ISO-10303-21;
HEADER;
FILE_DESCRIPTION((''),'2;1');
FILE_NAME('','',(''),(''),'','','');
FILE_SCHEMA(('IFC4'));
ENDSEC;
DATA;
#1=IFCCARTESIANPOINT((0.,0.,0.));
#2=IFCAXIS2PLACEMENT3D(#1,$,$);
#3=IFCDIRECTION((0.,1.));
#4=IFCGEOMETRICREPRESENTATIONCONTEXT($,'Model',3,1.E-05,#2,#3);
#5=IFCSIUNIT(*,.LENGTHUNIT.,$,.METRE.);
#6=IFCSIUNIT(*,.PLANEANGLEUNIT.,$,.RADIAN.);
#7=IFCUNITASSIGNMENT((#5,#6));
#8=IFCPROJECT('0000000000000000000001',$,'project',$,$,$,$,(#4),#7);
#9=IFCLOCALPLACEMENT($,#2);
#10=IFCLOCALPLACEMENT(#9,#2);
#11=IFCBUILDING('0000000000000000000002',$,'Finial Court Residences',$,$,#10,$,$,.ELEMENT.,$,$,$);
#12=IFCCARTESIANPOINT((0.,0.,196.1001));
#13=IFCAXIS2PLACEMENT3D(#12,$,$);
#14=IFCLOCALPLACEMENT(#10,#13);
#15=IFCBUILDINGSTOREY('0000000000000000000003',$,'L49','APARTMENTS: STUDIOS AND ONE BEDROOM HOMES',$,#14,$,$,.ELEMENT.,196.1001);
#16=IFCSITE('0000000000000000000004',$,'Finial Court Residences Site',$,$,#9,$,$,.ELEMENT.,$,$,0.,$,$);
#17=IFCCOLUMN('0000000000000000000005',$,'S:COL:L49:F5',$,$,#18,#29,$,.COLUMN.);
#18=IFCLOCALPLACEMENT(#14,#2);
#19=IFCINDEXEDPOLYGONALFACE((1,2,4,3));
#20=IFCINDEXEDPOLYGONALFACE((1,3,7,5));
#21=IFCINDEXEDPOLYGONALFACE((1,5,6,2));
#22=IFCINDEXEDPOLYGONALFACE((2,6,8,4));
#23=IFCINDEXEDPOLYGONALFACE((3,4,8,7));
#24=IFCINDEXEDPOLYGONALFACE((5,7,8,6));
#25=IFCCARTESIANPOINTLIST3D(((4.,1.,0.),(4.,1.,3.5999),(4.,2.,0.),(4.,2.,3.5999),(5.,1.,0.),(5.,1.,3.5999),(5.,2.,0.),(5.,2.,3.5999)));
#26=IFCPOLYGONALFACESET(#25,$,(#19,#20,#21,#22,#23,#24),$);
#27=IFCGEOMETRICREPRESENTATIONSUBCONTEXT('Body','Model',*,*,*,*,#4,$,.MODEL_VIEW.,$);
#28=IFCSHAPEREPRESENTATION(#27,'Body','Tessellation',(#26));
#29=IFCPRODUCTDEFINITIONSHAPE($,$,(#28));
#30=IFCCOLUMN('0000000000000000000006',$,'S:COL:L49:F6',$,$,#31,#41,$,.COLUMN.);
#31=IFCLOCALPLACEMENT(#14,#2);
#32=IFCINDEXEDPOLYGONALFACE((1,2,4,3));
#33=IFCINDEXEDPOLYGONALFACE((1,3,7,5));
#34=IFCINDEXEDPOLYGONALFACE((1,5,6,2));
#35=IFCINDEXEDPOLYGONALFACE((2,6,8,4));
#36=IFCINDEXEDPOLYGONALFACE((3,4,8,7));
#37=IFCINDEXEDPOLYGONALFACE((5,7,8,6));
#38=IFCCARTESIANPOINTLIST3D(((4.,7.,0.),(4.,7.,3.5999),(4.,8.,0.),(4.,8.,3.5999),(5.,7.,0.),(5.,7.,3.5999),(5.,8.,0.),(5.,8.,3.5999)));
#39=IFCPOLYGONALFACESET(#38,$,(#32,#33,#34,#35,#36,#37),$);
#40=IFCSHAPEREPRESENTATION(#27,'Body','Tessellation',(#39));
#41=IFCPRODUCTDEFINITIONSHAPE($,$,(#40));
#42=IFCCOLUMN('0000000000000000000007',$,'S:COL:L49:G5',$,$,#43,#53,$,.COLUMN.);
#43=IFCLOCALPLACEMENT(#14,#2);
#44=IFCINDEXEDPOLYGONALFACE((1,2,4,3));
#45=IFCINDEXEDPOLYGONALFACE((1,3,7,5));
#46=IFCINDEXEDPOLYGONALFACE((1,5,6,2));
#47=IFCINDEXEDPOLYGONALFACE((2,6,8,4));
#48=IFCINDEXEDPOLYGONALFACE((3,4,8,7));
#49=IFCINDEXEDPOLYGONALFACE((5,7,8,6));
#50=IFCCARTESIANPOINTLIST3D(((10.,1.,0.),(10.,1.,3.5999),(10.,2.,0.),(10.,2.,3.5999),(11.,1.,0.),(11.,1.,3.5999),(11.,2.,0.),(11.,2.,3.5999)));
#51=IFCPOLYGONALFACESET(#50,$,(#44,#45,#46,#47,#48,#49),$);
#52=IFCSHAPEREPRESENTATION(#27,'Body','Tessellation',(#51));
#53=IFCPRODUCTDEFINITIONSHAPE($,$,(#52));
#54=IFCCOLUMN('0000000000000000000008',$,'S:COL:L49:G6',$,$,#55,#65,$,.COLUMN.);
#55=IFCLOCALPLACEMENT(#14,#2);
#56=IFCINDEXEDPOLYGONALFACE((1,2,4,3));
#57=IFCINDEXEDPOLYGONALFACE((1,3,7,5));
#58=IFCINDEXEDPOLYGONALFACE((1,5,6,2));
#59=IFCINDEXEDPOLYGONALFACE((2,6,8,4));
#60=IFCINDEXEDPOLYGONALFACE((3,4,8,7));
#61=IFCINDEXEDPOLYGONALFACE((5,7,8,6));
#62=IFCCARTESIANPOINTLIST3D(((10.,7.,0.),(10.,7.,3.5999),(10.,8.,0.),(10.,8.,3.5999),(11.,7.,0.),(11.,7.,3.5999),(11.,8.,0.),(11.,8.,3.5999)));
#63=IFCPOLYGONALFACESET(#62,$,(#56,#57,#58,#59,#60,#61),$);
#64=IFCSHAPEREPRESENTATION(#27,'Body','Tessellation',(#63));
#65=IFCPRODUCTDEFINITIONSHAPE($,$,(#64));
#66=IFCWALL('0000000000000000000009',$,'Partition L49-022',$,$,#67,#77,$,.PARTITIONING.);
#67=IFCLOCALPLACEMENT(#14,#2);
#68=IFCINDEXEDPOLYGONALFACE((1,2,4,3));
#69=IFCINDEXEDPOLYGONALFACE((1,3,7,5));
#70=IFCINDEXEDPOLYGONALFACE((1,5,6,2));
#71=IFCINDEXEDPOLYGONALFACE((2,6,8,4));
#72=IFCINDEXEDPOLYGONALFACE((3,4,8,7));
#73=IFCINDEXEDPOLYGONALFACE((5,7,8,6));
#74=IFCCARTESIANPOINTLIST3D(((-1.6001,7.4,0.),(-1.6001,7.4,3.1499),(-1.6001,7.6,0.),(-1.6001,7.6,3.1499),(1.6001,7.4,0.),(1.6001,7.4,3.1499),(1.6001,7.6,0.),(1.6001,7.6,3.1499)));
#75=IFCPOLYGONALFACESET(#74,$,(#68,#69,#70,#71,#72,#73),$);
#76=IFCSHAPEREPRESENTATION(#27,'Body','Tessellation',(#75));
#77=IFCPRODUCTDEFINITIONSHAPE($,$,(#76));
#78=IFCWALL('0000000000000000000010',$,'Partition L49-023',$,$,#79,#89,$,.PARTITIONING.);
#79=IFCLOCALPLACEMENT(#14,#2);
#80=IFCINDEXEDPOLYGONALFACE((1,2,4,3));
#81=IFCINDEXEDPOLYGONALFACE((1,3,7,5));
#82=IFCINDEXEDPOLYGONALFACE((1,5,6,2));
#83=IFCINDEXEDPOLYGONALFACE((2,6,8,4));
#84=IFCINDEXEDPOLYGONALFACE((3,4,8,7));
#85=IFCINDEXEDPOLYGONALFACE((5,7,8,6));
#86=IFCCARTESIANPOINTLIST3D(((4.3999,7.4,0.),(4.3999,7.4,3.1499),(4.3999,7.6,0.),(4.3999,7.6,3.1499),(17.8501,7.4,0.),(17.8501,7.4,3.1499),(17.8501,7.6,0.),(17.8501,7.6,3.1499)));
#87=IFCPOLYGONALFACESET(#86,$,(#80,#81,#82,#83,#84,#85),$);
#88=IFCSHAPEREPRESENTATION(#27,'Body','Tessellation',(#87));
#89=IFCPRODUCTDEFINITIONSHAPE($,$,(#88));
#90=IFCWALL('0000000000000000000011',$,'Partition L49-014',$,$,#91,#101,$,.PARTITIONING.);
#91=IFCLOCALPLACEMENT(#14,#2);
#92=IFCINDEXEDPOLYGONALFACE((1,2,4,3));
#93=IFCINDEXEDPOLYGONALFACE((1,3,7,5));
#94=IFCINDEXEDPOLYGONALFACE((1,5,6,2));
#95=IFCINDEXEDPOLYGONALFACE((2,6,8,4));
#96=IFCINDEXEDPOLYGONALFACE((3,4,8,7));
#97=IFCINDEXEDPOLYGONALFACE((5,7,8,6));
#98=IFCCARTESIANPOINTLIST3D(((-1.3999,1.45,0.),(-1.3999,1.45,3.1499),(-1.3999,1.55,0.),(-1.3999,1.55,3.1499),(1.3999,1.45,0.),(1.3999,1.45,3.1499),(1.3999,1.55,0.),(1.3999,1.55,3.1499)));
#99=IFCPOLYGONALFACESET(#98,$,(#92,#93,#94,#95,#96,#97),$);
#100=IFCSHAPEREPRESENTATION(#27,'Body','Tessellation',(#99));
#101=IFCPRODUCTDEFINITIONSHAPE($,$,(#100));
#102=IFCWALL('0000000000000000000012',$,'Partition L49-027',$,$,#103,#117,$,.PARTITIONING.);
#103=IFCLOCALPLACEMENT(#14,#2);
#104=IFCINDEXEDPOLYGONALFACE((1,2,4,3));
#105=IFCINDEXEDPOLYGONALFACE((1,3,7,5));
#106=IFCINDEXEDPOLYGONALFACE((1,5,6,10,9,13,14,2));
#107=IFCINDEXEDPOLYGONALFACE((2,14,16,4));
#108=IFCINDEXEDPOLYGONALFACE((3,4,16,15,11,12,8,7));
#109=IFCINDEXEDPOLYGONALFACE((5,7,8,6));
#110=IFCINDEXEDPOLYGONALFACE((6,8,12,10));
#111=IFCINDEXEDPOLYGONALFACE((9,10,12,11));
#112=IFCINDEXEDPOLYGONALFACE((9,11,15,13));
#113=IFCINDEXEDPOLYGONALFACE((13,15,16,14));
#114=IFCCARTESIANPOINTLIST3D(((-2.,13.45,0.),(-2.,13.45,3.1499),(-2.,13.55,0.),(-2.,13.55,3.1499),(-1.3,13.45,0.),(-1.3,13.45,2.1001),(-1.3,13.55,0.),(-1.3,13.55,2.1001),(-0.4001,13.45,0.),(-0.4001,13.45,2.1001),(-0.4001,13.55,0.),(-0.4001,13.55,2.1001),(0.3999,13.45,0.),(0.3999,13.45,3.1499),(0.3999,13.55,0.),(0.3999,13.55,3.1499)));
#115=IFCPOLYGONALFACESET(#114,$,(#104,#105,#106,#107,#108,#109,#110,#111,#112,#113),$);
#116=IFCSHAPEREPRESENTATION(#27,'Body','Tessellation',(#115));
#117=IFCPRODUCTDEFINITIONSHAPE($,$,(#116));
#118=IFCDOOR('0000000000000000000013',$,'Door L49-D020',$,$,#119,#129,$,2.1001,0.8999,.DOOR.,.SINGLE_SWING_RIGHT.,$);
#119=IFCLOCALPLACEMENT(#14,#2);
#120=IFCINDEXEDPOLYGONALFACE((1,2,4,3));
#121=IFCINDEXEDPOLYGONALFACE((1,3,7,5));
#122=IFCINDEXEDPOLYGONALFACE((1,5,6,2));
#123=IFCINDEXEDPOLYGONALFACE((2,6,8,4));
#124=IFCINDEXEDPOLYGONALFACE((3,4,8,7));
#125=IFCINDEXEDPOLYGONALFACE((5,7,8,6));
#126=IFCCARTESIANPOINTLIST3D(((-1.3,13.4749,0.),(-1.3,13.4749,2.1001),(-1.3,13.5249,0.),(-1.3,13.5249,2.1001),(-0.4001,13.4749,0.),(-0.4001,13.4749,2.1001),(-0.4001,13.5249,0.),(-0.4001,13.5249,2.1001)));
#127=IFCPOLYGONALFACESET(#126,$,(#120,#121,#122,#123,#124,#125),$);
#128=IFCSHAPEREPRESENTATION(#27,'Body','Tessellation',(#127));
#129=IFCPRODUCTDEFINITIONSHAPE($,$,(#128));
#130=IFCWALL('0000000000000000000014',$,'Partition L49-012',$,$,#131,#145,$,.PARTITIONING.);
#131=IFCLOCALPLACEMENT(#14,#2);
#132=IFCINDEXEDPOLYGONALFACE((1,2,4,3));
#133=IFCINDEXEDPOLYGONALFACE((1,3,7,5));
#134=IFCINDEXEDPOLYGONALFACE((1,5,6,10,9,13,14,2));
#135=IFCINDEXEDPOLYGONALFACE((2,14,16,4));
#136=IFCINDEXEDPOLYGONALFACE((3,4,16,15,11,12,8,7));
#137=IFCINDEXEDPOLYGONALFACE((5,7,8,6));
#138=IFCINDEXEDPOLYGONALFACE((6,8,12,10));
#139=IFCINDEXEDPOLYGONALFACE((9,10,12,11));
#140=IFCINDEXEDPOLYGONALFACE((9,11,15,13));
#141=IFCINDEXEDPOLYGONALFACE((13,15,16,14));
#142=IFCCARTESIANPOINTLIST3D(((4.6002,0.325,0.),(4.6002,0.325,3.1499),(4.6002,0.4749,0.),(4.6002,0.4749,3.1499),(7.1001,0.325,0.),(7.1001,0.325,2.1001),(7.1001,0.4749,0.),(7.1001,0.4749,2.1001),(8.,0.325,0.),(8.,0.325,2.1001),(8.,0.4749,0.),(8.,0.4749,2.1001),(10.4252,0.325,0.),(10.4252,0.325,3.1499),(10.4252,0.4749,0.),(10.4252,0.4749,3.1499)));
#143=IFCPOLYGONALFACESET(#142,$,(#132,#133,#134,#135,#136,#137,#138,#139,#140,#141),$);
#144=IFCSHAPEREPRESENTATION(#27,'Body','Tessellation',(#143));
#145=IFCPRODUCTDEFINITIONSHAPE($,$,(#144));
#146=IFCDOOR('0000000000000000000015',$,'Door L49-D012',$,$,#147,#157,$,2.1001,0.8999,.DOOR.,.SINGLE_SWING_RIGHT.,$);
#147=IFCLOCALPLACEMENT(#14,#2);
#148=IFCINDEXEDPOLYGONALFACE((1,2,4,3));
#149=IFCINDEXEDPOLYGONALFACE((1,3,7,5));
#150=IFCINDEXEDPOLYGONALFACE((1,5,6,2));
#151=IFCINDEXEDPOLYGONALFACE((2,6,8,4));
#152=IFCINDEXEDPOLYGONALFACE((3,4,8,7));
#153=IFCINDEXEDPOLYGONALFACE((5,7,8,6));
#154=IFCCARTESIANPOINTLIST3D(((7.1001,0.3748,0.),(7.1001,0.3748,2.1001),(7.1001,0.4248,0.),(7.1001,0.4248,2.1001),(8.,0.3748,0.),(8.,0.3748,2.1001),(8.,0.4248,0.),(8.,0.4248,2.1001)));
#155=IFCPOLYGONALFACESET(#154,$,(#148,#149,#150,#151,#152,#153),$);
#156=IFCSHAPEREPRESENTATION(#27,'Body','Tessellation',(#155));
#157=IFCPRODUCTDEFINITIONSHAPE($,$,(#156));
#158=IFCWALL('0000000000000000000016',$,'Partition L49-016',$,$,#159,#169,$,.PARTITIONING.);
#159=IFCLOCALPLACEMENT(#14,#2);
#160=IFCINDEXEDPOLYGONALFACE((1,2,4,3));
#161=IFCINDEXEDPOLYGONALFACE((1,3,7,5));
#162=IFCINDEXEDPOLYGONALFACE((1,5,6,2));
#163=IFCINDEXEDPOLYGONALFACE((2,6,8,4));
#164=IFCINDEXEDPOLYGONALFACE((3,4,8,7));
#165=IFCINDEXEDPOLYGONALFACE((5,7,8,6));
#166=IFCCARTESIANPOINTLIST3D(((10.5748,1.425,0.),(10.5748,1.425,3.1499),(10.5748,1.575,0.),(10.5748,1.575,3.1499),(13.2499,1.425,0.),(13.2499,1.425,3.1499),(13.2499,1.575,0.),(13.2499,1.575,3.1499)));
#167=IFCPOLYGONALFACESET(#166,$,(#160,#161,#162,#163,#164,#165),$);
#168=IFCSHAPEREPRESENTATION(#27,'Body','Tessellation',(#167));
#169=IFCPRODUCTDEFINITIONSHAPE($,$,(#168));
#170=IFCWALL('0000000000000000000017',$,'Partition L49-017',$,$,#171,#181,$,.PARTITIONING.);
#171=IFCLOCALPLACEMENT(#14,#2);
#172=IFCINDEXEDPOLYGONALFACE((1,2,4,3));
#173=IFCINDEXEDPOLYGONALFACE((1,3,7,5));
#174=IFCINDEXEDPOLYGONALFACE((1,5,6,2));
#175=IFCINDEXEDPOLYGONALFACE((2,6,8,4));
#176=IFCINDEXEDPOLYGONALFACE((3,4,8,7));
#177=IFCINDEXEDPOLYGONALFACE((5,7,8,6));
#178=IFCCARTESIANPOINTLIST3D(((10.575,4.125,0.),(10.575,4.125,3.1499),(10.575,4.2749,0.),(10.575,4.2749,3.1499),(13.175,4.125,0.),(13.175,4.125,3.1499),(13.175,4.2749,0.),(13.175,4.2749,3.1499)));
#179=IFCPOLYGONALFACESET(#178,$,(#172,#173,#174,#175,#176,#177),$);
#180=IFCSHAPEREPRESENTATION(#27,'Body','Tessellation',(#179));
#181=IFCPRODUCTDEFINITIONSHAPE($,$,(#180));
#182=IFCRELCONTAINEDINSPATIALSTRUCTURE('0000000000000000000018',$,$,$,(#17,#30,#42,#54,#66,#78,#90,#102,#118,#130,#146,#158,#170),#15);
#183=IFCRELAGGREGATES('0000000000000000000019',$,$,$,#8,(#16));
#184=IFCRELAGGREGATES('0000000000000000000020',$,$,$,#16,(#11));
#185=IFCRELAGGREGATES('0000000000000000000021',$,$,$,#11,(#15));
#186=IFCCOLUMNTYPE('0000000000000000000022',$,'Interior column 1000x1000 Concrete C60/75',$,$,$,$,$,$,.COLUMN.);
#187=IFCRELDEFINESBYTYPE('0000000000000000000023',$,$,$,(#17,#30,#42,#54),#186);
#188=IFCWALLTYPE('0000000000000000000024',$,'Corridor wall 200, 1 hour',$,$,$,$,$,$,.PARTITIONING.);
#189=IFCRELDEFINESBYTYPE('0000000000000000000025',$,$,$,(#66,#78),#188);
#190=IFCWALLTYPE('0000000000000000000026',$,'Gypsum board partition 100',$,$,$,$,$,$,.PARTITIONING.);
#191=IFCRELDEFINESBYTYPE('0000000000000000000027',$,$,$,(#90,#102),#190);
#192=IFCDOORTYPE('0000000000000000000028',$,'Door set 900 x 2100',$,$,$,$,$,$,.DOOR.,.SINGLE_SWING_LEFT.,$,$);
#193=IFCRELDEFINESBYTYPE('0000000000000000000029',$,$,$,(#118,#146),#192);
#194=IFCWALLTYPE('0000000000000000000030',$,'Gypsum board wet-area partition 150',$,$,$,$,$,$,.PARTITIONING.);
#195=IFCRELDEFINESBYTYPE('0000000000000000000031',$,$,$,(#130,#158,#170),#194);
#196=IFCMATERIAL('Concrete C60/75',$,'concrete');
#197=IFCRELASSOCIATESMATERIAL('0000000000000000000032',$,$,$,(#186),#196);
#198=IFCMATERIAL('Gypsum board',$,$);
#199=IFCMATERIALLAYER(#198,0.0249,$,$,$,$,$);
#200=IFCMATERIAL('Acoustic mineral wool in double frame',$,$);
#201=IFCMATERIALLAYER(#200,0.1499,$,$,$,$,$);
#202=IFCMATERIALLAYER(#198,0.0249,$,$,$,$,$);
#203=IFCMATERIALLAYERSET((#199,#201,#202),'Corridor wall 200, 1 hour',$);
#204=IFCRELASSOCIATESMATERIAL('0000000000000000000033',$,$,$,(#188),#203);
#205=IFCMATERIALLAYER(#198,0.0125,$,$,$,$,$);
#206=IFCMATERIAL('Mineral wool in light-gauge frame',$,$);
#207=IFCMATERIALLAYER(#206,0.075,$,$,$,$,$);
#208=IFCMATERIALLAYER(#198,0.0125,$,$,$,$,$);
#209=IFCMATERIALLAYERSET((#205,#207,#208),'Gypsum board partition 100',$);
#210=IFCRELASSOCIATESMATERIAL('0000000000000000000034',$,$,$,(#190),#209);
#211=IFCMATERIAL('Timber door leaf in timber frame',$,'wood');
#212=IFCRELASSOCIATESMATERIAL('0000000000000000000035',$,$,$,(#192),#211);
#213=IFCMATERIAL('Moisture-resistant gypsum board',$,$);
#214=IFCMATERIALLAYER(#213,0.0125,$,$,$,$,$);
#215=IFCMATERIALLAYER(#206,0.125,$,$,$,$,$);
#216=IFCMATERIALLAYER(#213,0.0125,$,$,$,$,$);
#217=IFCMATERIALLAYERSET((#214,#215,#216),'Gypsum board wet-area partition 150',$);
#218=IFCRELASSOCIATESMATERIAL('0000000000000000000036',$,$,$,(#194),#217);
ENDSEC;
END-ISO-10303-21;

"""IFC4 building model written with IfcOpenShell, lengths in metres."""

from ifc_helpers import new_model, si_unit, direction, frame, frame_2d, origin, origin_2d, place, context, subcontext, project, spatial, rectangle, extrude, material, layer, layer_set, material_profile, profile_set, type_object, element, fill, save


model = new_model("IFC4")

# Units and contexts
model_context = context("Model", 3, precision=1e-05, world=origin(), true_north=direction((0.0, 1.0)))
body_context = subcontext(model_context, "Body", "Model", "MODEL_VIEW")
ifc_project = project(units=[si_unit("LENGTHUNIT", "METRE"), si_unit("PLANEANGLEUNIT", "RADIAN")], contexts=[model_context])

# Site, building, storey
site_placement = place(None, origin())
site = spatial("IfcSite", under=ifc_project, at=site_placement, Name="Finial Court Residences Site", CompositionType="ELEMENT", RefElevation=0.0)
building_placement = place(site_placement, origin())
building = spatial("IfcBuilding", under=site, at=building_placement, Name="Finial Court Residences", CompositionType="ELEMENT")
storey_placement = place(building_placement, frame((0.0, 0.0, 196.1001)))
storey = spatial("IfcBuildingStorey", under=building, at=storey_placement, Name="L49", Description="APARTMENTS: STUDIOS AND ONE BEDROOM HOMES", CompositionType="ELEMENT", Elevation=196.1001)

# Columns
ifc_material_1 = material(Name="Concrete C60/75", Category="concrete")
ifc_material_profile = material_profile(ifc_material_1, rectangle(XDim=1.0, YDim=1.0, at=origin_2d()), Name="1000x1000")
ifc_profile_set = profile_set([ifc_material_profile], Name="Concrete C60/75")
column_type = type_object("IfcColumnType", Name="Interior column 1000x1000 Concrete C60/75", PredefinedType="COLUMN", material=ifc_profile_set)
for number, where, z_axis, x_axis, name in (
    (1, (4.5, 1.5, 0.0), (0.0, 0.0, 1.0), (1.0, 0.0, 0.0), "S:COL:L49:F5"),
    (2, (4.5, 7.5, 0.0), (0.0, 0.0, 1.0), (1.0, 0.0, 0.0), "S:COL:L49:F6"),
    (3, (10.5, 1.5, 0.0), (0.0, 0.0, 1.0), (1.0, 0.0, 0.0), "S:COL:L49:G5"),
    (4, (10.5, 7.5, 0.0), (0.0, 0.0, 1.0), (1.0, 0.0, 0.0), "S:COL:L49:G6"),
):
    element("IfcColumn", number, at=place(storey_placement, frame(where, z_axis=z_axis, x_axis=x_axis)), inside=storey, type_object=column_type, Name=name, PredefinedType="COLUMN", context=body_context, shape_type="SweptSolid", body=[
        extrude(rectangle(XDim=1.0, YDim=1.0, at=origin_2d()), origin(), (0.0, 0.0, 1.0), 3.5999),
    ])

# Walls
ifc_material_2 = material(Name="Gypsum board")
ifc_layer_1 = layer(ifc_material_2, 0.0249)
ifc_material_3 = material(Name="Acoustic mineral wool in double frame")
ifc_layer_2 = layer(ifc_material_3, 0.1499)
ifc_layer_3 = layer(ifc_material_2, 0.0249)
ifc_layer_set_1 = layer_set([ifc_layer_1, ifc_layer_2, ifc_layer_3], Name="Corridor wall 200, 1 hour")
wall_type_1 = type_object("IfcWallType", Name="Corridor wall 200, 1 hour", PredefinedType="PARTITIONING", material=ifc_layer_set_1)
wall_1_placement = place(storey_placement, frame((-1.6001, 7.5, 0.0), z_axis=(0.0, 0.0, 1.0), x_axis=(1.0, 0.0, 0.0)))
element("IfcWall", 5, at=wall_1_placement, inside=storey, type_object=wall_type_1, Name="Partition L49-022", PredefinedType="PARTITIONING", context=body_context, shape_type="SweptSolid", body=[
    extrude(rectangle(XDim=3.2002, YDim=0.2, at=frame_2d((1.6001, 0.0))), origin(), (0.0, 0.0, 1.0), 3.1499),
])
wall_2_placement = place(storey_placement, frame((4.3999, 7.5, 0.0), z_axis=(0.0, 0.0, 1.0), x_axis=(1.0, 0.0, 0.0)))
element("IfcWall", 6, at=wall_2_placement, inside=storey, type_object=wall_type_1, Name="Partition L49-023", PredefinedType="PARTITIONING", context=body_context, shape_type="SweptSolid", body=[
    extrude(rectangle(XDim=13.4502, YDim=0.2, at=frame_2d((6.7251, 0.0))), origin(), (0.0, 0.0, 1.0), 3.1499),
])
ifc_layer_4 = layer(ifc_material_2, 0.0125)
ifc_material_4 = material(Name="Mineral wool in light-gauge frame")
ifc_layer_5 = layer(ifc_material_4, 0.075)
ifc_layer_6 = layer(ifc_material_2, 0.0125)
ifc_layer_set_2 = layer_set([ifc_layer_4, ifc_layer_5, ifc_layer_6], Name="Gypsum board partition 100")
wall_type_2 = type_object("IfcWallType", Name="Gypsum board partition 100", PredefinedType="PARTITIONING", material=ifc_layer_set_2)
wall_3_placement = place(storey_placement, frame((-1.3999, 1.5, 0.0), z_axis=(0.0, 0.0, 1.0), x_axis=(1.0, 0.0, 0.0)))
element("IfcWall", 7, at=wall_3_placement, inside=storey, type_object=wall_type_2, Name="Partition L49-014", PredefinedType="PARTITIONING", context=body_context, shape_type="SweptSolid", body=[
    extrude(rectangle(XDim=2.7998, YDim=0.1001, at=frame_2d((1.3999, 0.0))), origin(), (0.0, 0.0, 1.0), 3.1499),
])

# Walls, openings, doors
wall_4_placement = place(storey_placement, frame((-2.0, 13.5, 0.0), z_axis=(0.0, 0.0, 1.0), x_axis=(1.0, 0.0, 0.0)))
wall_4 = element("IfcWall", 8, at=wall_4_placement, inside=storey, type_object=wall_type_2, Name="Partition L49-027", PredefinedType="PARTITIONING", context=body_context, shape_type="SweptSolid", body=[
    extrude(rectangle(XDim=2.3999, YDim=0.1001, at=frame_2d((1.2, 0.0))), origin(), (0.0, 0.0, 1.0), 3.1499),
])
opening_1_placement = place(wall_4_placement, frame((0.7, 0.0, 0.0)))
opening_1 = element("IfcOpeningElement", 9, at=opening_1_placement, cuts=wall_4, PredefinedType="OPENING", context=body_context, shape_type="SweptSolid", body=[
    extrude(rectangle(XDim=0.8999, YDim=2.1001, at=frame_2d((0.45, 1.05))), frame((0.0, 0.0601, 0.0), z_axis=(0.0, -1.0, 0.0), x_axis=(1.0, 0.0, 0.0)), (0.0, 0.0, 1.0), 0.1201),
])
ifc_material_5 = material(Name="Timber door leaf in timber frame", Category="wood")
door_type = type_object("IfcDoorType", Name="Door set 900 x 2100", OperationType="SINGLE_SWING_LEFT", PredefinedType="DOOR", material=ifc_material_5)
door_1_placement = place(opening_1_placement, origin())
door_1 = element("IfcDoor", 10, at=door_1_placement, inside=storey, type_object=door_type, Name="Door L49-D020", OperationType="SINGLE_SWING_RIGHT", OverallHeight=2.1001, OverallWidth=0.8999, PredefinedType="DOOR", context=body_context, shape_type="SweptSolid", body=[
    extrude(rectangle(XDim=0.8999, YDim=2.1001, at=frame_2d((0.45, 1.05))), frame((0.0, 0.0249, 0.0), z_axis=(0.0, -1.0, 0.0), x_axis=(1.0, 0.0, 0.0)), (0.0, 0.0, 1.0), 0.05),
])
fill(opening_1, door_1)
ifc_material_6 = material(Name="Moisture-resistant gypsum board")
ifc_layer_7 = layer(ifc_material_6, 0.0125)
ifc_layer_8 = layer(ifc_material_4, 0.125)
ifc_layer_9 = layer(ifc_material_6, 0.0125)
ifc_layer_set_3 = layer_set([ifc_layer_7, ifc_layer_8, ifc_layer_9], Name="Gypsum board wet-area partition 150")
wall_type_3 = type_object("IfcWallType", Name="Gypsum board wet-area partition 150", PredefinedType="PARTITIONING", material=ifc_layer_set_3)
wall_5_placement = place(storey_placement, frame((4.6001, 0.3999, 0.0), z_axis=(0.0, 0.0, 1.0), x_axis=(1.0, 0.0, 0.0)))
wall_5 = element("IfcWall", 11, at=wall_5_placement, inside=storey, type_object=wall_type_3, Name="Partition L49-012", PredefinedType="PARTITIONING", context=body_context, shape_type="SweptSolid", body=[
    extrude(rectangle(XDim=5.825, YDim=0.1499, at=frame_2d((2.9126, 0.0))), origin(), (0.0, 0.0, 1.0), 3.1499),
])
opening_2_placement = place(wall_5_placement, frame((2.5, 0.0, 0.0)))
opening_2 = element("IfcOpeningElement", 12, at=opening_2_placement, cuts=wall_5, PredefinedType="OPENING", context=body_context, shape_type="SweptSolid", body=[
    extrude(rectangle(XDim=0.8999, YDim=2.1001, at=frame_2d((0.45, 1.05))), frame((0.0, 0.085, 0.0), z_axis=(0.0, -1.0, 0.0), x_axis=(1.0, 0.0, 0.0)), (0.0, 0.0, 1.0), 0.1699),
])
door_2_placement = place(opening_2_placement, origin())
door_2 = element("IfcDoor", 13, at=door_2_placement, inside=storey, type_object=door_type, Name="Door L49-D012", OperationType="SINGLE_SWING_RIGHT", OverallHeight=2.1001, OverallWidth=0.8999, PredefinedType="DOOR", context=body_context, shape_type="SweptSolid", body=[
    extrude(rectangle(XDim=0.8999, YDim=2.1001, at=frame_2d((0.45, 1.05))), frame((0.0, 0.0249, 0.0), z_axis=(0.0, -1.0, 0.0), x_axis=(1.0, 0.0, 0.0)), (0.0, 0.0, 1.0), 0.05),
])
fill(opening_2, door_2)

# Walls
wall_6_placement = place(storey_placement, frame((10.575, 1.5, 0.0), z_axis=(0.0, 0.0, 1.0), x_axis=(1.0, 0.0, 0.0)))
element("IfcWall", 14, at=wall_6_placement, inside=storey, type_object=wall_type_3, Name="Partition L49-016", PredefinedType="PARTITIONING", context=body_context, shape_type="SweptSolid", body=[
    extrude(rectangle(XDim=2.675, YDim=0.1499, at=frame_2d((1.3374, 0.0))), origin(), (0.0, 0.0, 1.0), 3.1499),
])
wall_7_placement = place(storey_placement, frame((10.575, 4.2, 0.0), z_axis=(0.0, 0.0, 1.0), x_axis=(1.0, 0.0, 0.0)))
element("IfcWall", 15, at=wall_7_placement, inside=storey, type_object=wall_type_3, Name="Partition L49-017", PredefinedType="PARTITIONING", context=body_context, shape_type="SweptSolid", body=[
    extrude(rectangle(XDim=2.6001, YDim=0.1499, at=frame_2d((1.3, 0.0))), origin(), (0.0, 0.0, 1.0), 3.1499),
])

save(model, "model.ifc")
